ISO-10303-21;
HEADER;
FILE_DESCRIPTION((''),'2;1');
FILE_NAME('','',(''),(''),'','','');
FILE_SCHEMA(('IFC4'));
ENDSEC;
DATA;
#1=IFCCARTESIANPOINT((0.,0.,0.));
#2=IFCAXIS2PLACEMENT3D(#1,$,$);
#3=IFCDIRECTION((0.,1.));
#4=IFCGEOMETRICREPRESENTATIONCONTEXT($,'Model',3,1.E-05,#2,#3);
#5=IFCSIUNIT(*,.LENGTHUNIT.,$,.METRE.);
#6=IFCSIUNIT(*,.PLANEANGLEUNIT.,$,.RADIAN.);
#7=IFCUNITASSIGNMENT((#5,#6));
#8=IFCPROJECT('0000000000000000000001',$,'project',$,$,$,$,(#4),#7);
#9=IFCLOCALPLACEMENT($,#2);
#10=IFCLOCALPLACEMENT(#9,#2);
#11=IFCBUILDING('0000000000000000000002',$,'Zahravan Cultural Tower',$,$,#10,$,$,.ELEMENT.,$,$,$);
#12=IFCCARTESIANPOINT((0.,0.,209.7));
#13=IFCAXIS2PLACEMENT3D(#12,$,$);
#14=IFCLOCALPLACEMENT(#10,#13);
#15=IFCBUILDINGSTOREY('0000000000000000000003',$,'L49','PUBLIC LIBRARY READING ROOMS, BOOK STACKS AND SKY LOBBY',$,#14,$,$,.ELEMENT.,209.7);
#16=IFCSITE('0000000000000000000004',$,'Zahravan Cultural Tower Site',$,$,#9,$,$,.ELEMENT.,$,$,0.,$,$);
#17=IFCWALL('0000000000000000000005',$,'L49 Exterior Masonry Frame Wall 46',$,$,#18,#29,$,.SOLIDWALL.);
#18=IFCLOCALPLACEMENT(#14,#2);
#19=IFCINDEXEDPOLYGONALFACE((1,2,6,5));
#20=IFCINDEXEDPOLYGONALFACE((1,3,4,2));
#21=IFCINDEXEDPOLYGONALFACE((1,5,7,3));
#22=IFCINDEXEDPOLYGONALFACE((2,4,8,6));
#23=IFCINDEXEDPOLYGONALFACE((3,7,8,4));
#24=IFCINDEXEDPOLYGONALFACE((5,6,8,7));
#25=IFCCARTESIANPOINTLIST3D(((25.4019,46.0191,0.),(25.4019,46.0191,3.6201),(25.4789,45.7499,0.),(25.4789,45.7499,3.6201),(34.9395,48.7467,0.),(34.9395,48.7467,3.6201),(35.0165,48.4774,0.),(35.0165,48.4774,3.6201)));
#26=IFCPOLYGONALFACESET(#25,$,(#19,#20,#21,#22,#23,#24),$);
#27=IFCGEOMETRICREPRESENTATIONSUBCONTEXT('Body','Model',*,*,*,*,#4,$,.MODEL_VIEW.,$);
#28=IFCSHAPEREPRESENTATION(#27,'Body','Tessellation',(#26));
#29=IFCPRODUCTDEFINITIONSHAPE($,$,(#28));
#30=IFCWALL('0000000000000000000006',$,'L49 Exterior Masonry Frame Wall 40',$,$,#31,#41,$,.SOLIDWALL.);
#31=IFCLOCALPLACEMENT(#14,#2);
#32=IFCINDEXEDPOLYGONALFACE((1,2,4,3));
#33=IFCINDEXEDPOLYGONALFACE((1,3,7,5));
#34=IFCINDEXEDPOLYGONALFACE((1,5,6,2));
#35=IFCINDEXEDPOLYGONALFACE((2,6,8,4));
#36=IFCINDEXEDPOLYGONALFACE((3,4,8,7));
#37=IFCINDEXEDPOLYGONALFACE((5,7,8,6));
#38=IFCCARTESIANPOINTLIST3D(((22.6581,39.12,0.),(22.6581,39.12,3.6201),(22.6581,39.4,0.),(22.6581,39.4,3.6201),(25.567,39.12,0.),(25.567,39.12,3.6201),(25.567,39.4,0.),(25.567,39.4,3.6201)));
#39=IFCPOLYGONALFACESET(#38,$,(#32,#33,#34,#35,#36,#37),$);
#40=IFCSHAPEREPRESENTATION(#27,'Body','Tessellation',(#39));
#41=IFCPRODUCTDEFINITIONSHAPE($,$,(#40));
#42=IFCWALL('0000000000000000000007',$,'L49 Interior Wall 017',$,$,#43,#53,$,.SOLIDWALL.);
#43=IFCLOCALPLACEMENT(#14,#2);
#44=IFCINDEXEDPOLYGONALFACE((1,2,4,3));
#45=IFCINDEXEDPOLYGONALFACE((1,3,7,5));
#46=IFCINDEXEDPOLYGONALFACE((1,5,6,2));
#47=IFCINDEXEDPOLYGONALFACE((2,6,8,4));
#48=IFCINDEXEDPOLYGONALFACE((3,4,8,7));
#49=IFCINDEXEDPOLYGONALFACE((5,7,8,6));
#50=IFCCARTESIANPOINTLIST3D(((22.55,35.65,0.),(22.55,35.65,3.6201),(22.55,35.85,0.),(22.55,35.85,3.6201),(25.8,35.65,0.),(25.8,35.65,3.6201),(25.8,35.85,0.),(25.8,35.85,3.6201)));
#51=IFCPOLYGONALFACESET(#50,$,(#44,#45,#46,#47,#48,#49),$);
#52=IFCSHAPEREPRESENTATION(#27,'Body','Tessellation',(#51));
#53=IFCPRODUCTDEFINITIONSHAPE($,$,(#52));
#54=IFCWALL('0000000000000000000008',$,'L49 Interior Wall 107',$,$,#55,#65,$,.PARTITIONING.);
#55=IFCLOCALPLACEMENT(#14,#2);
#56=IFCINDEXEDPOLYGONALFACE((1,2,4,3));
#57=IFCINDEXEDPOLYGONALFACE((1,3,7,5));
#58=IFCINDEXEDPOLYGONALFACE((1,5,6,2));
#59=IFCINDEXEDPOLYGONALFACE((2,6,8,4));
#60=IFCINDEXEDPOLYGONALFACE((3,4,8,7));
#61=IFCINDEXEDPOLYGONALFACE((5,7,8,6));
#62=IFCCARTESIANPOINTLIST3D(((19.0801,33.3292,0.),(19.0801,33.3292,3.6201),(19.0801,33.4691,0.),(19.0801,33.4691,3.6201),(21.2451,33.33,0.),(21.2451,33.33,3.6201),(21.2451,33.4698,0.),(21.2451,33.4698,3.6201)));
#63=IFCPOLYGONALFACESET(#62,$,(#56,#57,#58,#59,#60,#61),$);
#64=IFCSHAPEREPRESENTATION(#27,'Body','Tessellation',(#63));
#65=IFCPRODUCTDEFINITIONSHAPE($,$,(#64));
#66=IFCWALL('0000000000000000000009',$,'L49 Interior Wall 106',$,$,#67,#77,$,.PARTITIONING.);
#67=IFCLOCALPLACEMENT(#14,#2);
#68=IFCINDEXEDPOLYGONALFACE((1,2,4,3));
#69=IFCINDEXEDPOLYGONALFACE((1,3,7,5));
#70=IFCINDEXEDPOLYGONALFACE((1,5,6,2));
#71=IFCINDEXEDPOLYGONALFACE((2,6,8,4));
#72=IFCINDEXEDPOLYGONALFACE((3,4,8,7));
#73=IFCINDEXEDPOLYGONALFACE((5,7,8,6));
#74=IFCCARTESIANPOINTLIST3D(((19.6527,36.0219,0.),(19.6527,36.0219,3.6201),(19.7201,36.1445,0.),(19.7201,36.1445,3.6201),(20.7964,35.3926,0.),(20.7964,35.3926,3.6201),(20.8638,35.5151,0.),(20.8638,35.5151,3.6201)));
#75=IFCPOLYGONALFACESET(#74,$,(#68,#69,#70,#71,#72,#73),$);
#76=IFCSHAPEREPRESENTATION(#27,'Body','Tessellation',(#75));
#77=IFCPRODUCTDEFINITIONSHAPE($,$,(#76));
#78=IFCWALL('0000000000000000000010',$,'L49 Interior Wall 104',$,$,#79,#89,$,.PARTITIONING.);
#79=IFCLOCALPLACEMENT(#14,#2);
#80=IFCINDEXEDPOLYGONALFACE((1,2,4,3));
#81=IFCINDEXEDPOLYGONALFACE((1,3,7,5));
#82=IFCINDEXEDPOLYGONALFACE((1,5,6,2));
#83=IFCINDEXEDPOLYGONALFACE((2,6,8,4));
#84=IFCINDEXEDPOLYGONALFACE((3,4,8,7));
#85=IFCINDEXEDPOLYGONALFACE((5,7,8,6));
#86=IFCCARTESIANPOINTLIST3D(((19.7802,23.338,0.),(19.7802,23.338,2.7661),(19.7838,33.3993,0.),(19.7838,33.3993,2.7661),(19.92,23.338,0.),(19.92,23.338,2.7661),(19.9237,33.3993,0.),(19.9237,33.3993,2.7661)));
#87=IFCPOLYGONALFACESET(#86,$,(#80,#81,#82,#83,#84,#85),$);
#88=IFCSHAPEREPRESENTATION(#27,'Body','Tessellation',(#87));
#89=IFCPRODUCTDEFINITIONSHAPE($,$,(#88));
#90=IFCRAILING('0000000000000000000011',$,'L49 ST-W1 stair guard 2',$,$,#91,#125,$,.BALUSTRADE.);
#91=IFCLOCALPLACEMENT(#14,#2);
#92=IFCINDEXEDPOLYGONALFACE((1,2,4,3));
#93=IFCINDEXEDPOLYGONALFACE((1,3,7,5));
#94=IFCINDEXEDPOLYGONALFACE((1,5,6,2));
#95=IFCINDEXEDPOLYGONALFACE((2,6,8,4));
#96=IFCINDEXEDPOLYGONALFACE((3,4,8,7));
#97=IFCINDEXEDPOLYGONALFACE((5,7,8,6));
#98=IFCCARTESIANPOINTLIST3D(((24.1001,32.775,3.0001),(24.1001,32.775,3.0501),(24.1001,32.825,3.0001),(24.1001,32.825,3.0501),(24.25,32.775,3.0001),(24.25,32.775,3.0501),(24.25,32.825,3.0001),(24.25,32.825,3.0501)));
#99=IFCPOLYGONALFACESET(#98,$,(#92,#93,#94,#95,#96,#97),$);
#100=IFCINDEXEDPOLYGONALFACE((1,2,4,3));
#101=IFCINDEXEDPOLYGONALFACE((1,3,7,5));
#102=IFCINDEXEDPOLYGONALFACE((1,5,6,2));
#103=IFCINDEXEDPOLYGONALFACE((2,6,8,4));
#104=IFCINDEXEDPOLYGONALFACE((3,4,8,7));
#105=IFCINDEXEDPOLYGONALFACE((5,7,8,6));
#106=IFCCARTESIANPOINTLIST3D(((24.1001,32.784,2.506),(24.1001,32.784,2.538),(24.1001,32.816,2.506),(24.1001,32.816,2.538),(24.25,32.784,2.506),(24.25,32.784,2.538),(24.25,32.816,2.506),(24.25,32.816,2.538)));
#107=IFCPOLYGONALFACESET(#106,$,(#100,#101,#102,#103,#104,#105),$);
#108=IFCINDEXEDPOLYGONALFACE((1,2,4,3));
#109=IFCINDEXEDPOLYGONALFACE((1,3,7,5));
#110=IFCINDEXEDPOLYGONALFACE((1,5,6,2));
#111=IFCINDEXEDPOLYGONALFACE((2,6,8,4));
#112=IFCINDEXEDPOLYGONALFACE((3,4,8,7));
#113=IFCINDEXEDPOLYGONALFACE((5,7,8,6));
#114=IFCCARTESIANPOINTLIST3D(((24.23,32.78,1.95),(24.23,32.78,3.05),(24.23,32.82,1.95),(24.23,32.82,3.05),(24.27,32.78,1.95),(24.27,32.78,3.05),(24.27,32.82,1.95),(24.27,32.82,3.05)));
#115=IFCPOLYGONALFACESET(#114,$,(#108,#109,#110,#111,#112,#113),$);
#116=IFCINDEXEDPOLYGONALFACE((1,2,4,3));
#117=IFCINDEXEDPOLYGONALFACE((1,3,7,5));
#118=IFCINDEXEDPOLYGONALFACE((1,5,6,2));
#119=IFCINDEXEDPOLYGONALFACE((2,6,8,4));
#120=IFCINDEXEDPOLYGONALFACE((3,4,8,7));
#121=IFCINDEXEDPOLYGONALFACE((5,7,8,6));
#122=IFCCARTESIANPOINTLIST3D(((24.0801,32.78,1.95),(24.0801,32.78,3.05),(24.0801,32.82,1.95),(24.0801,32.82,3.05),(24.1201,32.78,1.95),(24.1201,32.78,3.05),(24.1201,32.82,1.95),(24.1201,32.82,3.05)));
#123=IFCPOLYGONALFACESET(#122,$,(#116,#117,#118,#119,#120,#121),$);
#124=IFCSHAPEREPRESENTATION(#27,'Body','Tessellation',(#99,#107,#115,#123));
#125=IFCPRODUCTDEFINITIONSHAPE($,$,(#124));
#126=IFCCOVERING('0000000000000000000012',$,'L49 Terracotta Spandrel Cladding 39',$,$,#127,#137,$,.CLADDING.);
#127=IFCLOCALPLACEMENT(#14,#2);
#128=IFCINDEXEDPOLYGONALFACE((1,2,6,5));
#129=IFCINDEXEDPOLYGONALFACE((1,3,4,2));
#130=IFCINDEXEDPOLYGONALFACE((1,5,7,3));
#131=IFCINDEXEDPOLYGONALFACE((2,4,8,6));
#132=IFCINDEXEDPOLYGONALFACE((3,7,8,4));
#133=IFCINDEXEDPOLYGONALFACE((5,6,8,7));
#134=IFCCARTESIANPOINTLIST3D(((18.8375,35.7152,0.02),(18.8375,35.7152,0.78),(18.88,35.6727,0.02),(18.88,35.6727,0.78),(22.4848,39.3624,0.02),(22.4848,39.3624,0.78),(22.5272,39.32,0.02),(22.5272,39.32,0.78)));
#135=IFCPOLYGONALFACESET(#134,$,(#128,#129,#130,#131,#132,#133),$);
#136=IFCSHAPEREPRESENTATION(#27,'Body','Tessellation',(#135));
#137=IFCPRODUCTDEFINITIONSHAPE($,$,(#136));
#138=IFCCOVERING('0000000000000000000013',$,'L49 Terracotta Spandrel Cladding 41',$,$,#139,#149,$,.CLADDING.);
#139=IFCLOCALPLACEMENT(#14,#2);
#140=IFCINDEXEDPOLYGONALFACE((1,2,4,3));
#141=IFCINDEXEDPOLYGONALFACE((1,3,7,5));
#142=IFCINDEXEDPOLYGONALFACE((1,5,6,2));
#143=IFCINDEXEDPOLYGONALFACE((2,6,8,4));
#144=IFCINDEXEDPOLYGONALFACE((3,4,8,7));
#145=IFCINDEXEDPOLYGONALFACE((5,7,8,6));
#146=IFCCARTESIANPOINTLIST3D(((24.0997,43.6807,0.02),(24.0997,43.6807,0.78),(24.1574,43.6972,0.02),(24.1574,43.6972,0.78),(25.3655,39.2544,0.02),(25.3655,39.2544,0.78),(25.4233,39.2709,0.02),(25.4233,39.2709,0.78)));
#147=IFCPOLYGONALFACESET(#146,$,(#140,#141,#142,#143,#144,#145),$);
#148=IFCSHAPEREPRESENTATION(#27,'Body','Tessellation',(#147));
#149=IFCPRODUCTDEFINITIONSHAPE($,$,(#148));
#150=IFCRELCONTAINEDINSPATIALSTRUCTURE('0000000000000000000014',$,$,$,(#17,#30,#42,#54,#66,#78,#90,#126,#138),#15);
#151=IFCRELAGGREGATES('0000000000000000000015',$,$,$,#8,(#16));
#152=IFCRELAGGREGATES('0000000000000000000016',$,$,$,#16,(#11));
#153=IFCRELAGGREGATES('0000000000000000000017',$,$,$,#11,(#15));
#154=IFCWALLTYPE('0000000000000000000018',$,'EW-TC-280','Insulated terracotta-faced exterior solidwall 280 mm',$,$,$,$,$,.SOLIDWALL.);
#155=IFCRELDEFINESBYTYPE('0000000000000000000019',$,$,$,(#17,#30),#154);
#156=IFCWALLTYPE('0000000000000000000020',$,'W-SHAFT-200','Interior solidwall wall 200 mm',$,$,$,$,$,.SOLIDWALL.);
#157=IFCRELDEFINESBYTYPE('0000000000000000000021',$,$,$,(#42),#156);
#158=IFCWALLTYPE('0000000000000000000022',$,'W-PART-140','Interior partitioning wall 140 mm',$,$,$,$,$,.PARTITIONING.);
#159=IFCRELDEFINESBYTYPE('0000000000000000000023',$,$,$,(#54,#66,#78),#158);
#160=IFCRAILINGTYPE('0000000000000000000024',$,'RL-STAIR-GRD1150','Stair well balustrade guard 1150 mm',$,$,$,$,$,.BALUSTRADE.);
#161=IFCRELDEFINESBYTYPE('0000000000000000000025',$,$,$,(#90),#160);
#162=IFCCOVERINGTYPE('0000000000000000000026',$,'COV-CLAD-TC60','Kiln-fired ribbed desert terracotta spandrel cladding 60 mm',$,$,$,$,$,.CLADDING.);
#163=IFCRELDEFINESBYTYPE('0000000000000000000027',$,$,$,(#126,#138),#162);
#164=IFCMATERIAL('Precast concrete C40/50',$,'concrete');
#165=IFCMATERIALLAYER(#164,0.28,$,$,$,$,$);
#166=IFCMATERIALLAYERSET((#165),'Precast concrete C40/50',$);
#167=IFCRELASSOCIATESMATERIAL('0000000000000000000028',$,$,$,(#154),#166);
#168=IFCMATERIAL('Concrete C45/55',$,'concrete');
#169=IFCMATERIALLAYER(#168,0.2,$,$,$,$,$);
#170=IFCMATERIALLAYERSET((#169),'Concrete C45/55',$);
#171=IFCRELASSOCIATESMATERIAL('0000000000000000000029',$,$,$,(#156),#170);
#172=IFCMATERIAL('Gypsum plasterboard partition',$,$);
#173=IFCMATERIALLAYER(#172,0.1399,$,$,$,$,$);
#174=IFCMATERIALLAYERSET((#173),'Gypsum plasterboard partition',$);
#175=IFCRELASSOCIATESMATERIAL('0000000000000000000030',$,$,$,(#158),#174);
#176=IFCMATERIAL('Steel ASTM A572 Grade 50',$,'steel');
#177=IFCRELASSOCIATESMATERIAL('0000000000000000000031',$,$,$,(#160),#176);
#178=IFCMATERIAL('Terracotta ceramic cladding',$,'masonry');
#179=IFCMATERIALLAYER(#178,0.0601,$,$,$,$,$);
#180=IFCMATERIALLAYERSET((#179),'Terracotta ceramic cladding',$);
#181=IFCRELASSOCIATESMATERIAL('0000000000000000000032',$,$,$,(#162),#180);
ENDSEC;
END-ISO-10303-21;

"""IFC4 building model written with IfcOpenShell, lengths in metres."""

from ifc_helpers import new_model, si_unit, direction, frame, frame_2d, origin, origin_2d, place, context, subcontext, project, spatial, rectangle, extrude, source, transform, mapped, material, layer, layer_set, type_object, element, save


model = new_model("IFC4")

# Units and contexts
model_context = context("Model", 3, precision=1e-05, world=origin(), true_north=direction((0.0, 1.0)))
body_context = subcontext(model_context, "Body", "Model", "MODEL_VIEW")
ifc_project = project(units=[si_unit("LENGTHUNIT", "METRE"), si_unit("PLANEANGLEUNIT", "RADIAN")], contexts=[model_context])

# Site, building, storey
site_placement = place(None, origin())
site = spatial("IfcSite", under=ifc_project, at=site_placement, Name="Zahravan Cultural Tower Site", CompositionType="ELEMENT", RefElevation=0.0)
building_placement = place(site_placement, origin())
building = spatial("IfcBuilding", under=site, at=building_placement, Name="Zahravan Cultural Tower", CompositionType="ELEMENT")
storey_placement = place(building_placement, frame((0.0, 0.0, 209.7)))
storey = spatial("IfcBuildingStorey", under=building, at=storey_placement, Name="L49", Description="PUBLIC LIBRARY READING ROOMS, BOOK STACKS AND SKY LOBBY", CompositionType="ELEMENT", Elevation=209.7)

# Shared definitions
ifc_material_1 = material(Name="Precast concrete C40/50", Category="concrete")
ifc_layer_1 = layer(ifc_material_1, 0.28)
ifc_layer_set_1 = layer_set([ifc_layer_1], Name="Precast concrete C40/50")
wall_type_1 = type_object("IfcWallType", Name="EW-TC-280", Description="Insulated terracotta-faced exterior solidwall 280 mm", PredefinedType="SOLIDWALL", material=ifc_layer_set_1)

# Shared definitions
ifc_material_2 = material(Name="Concrete C45/55", Category="concrete")
ifc_layer_2 = layer(ifc_material_2, 0.2)
ifc_layer_set_2 = layer_set([ifc_layer_2], Name="Concrete C45/55")
wall_type_2 = type_object("IfcWallType", Name="W-SHAFT-200", Description="Interior solidwall wall 200 mm", PredefinedType="SOLIDWALL", material=ifc_layer_set_2)
ifc_material_3 = material(Name="Steel ASTM A572 Grade 50", Category="steel")

# Walls
shared_shape_1 = source(origin(), body_context, "Body", "SweptSolid", [
    extrude(rectangle(XDim=9.9199, YDim=0.28, at=frame_2d((4.96, 0.0))), origin(), (0.0, 0.0, 1.0), 3.6201),
])
wall_1_placement = place(storey_placement, frame((25.4404, 45.8845, 0.0), z_axis=(0.0, 0.0, 1.0), x_axis=(0.961457, 0.274955, 0.0)))
element("IfcWall", 1, at=wall_1_placement, inside=storey, type_object=wall_type_1, Name="L49 Exterior Masonry Frame Wall 46", PredefinedType="SOLIDWALL", context=body_context, shape_type="MappedRepresentation", body=[
    mapped(shared_shape_1, transform((0.0, 0.0, 0.0), x_axis=(1.0, 0.0, 0.0), y_axis=(0.0, 1.0, 0.0), z_axis=(0.0, 0.0, 1.0), scale=1.0)),
])
shared_shape_2 = source(origin(), body_context, "Body", "SweptSolid", [
    extrude(rectangle(XDim=2.9089, YDim=0.28, at=frame_2d((1.4546, 0.0))), origin(), (0.0, 0.0, 1.0), 3.6201),
])
wall_2_placement = place(storey_placement, frame((22.658, 39.26, 0.0), z_axis=(0.0, 0.0, 1.0), x_axis=(1.0, 0.0, 0.0)))
element("IfcWall", 2, at=wall_2_placement, inside=storey, type_object=wall_type_1, Name="L49 Exterior Masonry Frame Wall 40", PredefinedType="SOLIDWALL", context=body_context, shape_type="MappedRepresentation", body=[
    mapped(shared_shape_2, transform((0.0, 0.0, 0.0), x_axis=(1.0, 0.0, 0.0), y_axis=(0.0, 1.0, 0.0), z_axis=(0.0, 0.0, 1.0), scale=1.0)),
])
shared_shape_3 = source(origin(), body_context, "Body", "SweptSolid", [
    extrude(rectangle(XDim=3.25, YDim=0.2, at=frame_2d((1.625, 0.0))), origin(), (0.0, 0.0, 1.0), 3.6201),
])
wall_3_placement = place(storey_placement, frame((22.55, 35.75, 0.0), z_axis=(0.0, 0.0, 1.0), x_axis=(1.0, 0.0, 0.0)))
element("IfcWall", 3, at=wall_3_placement, inside=storey, type_object=wall_type_2, Name="L49 Interior Wall 017", PredefinedType="SOLIDWALL", context=body_context, shape_type="MappedRepresentation", body=[
    mapped(shared_shape_3, transform((0.0, 0.0, 0.0), x_axis=(1.0, 0.0, 0.0), y_axis=(0.0, 1.0, 0.0), z_axis=(0.0, 0.0, 1.0), scale=1.0)),
])
ifc_material_4 = material(Name="Gypsum plasterboard partition")
ifc_layer_3 = layer(ifc_material_4, 0.1399)
ifc_layer_set_3 = layer_set([ifc_layer_3], Name="Gypsum plasterboard partition")
wall_type_3 = type_object("IfcWallType", Name="W-PART-140", Description="Interior partitioning wall 140 mm", PredefinedType="PARTITIONING", material=ifc_layer_set_3)
shared_shape_4 = source(origin(), body_context, "Body", "SweptSolid", [
    extrude(rectangle(XDim=2.165, YDim=0.1399, at=frame_2d((1.0825, 0.0))), origin(), (0.0, 0.0, 1.0), 3.6201),
])
wall_4_placement = place(storey_placement, frame((21.2451, 33.3999, 0.0), z_axis=(0.0, 0.0, 1.0), x_axis=(-1.0, -0.000338, 0.0)))
element("IfcWall", 4, at=wall_4_placement, inside=storey, type_object=wall_type_3, Name="L49 Interior Wall 107", PredefinedType="PARTITIONING", context=body_context, shape_type="MappedRepresentation", body=[
    mapped(shared_shape_4, transform((0.0, 0.0, 0.0), x_axis=(1.0, 0.0, 0.0), y_axis=(0.0, 1.0, 0.0), z_axis=(0.0, 0.0, 1.0), scale=1.0)),
])
shared_shape_5 = source(origin(), body_context, "Body", "SweptSolid", [
    extrude(rectangle(XDim=1.3054, YDim=0.1399, at=frame_2d((0.6528, 0.0))), origin(), (0.0, 0.0, 1.0), 3.6201),
])
wall_5_placement = place(storey_placement, frame((19.6863, 36.0833, 0.0), z_axis=(0.0, 0.0, 1.0), x_axis=(0.876117, -0.482098, 0.0)))
element("IfcWall", 5, at=wall_5_placement, inside=storey, type_object=wall_type_3, Name="L49 Interior Wall 106", PredefinedType="PARTITIONING", context=body_context, shape_type="MappedRepresentation", body=[
    mapped(shared_shape_5, transform((0.0, 0.0, 0.0), x_axis=(1.0, 0.0, 0.0), y_axis=(0.0, 1.0, 0.0), z_axis=(0.0, 0.0, 1.0), scale=1.0)),
])
shared_shape_6 = source(origin(), body_context, "Body", "SweptSolid", [
    extrude(rectangle(XDim=10.0613, YDim=0.1399, at=frame_2d((5.0308, 0.0))), origin(), (0.0, 0.0, 1.0), 2.7661),
])
wall_6_placement = place(storey_placement, frame((19.8538, 33.3994, 0.0), z_axis=(0.0, 0.0, 1.0), x_axis=(-0.000364, -1.0, 0.0)))
element("IfcWall", 6, at=wall_6_placement, inside=storey, type_object=wall_type_3, Name="L49 Interior Wall 104", PredefinedType="PARTITIONING", context=body_context, shape_type="MappedRepresentation", body=[
    mapped(shared_shape_6, transform((0.0, 0.0, 0.0), x_axis=(1.0, 0.0, 0.0), y_axis=(0.0, 1.0, 0.0), z_axis=(0.0, 0.0, 1.0), scale=1.0)),
])

# Railing
railing_type = type_object("IfcRailingType", Name="RL-STAIR-GRD1150", Description="Stair well balustrade guard 1150 mm", PredefinedType="BALUSTRADE", material=ifc_material_3)
railing_placement = place(storey_placement, frame((24.25, 32.8, 1.95)))
element("IfcRailing", 7, at=railing_placement, inside=storey, type_object=railing_type, Name="L49 ST-W1 stair guard 2", PredefinedType="BALUSTRADE", context=body_context, shape_type="SweptSolid", body=[
    extrude(rectangle(XDim=0.05, YDim=0.05, at=origin_2d()), frame((0.0, 0.0, 1.0752), z_axis=(-1.0, 0.0, 0.0), x_axis=(0.0, -1.0, 0.0)), (0.0, 0.0, 1.0), 0.1499),
    extrude(rectangle(XDim=0.032, YDim=0.032, at=origin_2d()), frame((0.0, 0.0, 0.572), z_axis=(-1.0, 0.0, 0.0), x_axis=(0.0, -1.0, 0.0)), (0.0, 0.0, 1.0), 0.1499),
    extrude(rectangle(XDim=0.04, YDim=0.04, at=origin_2d()), origin(), (0.0, 0.0, 1.0), 1.1001),
    extrude(rectangle(XDim=0.04, YDim=0.04, at=origin_2d()), frame((-0.1499, 0.0, 0.0)), (0.0, 0.0, 1.0), 1.1001),
])

# Coverings
ifc_material_5 = material(Name="Terracotta ceramic cladding", Category="masonry")
ifc_layer_4 = layer(ifc_material_5, 0.0601)
ifc_layer_set_4 = layer_set([ifc_layer_4], Name="Terracotta ceramic cladding")
covering_type = type_object("IfcCoveringType", Name="COV-CLAD-TC60", Description="Kiln-fired ribbed desert terracotta spandrel cladding 60 mm", PredefinedType="CLADDING", material=ifc_layer_set_4)
shared_shape_7 = source(origin(), body_context, "Body", "SweptSolid", [
    extrude(rectangle(XDim=5.158, YDim=0.0601, at=origin_2d()), origin(), (0.0, 0.0, 1.0), 0.76),
])
covering_1_placement = place(storey_placement, frame((20.6824, 37.5176, 0.02), z_axis=(0.0, 0.0, 1.0), x_axis=(0.707107, 0.707107, 0.0)))
element("IfcCovering", 8, at=covering_1_placement, inside=storey, type_object=covering_type, Name="L49 Terracotta Spandrel Cladding 39", PredefinedType="CLADDING", context=body_context, shape_type="MappedRepresentation", body=[
    mapped(shared_shape_7, transform((0.0, 0.0, 0.0), x_axis=(1.0, 0.0, 0.0), y_axis=(0.0, 1.0, 0.0), z_axis=(0.0, 0.0, 1.0), scale=1.0)),
])
shared_shape_8 = source(origin(), body_context, "Body", "SweptSolid", [
    extrude(rectangle(XDim=4.6038, YDim=0.0601, at=origin_2d()), origin(), (0.0, 0.0, 1.0), 0.76),
])
covering_2_placement = place(storey_placement, frame((24.7615, 41.4758, 0.02), z_axis=(0.0, 0.0, 1.0), x_axis=(-0.274966, 0.961454, 0.0)))
element("IfcCovering", 9, at=covering_2_placement, inside=storey, type_object=covering_type, Name="L49 Terracotta Spandrel Cladding 41", PredefinedType="CLADDING", context=body_context, shape_type="MappedRepresentation", body=[
    mapped(shared_shape_8, transform((0.0, 0.0, 0.0), x_axis=(1.0, 0.0, 0.0), y_axis=(0.0, 1.0, 0.0), z_axis=(0.0, 0.0, 1.0), scale=1.0)),
])

save(model, "model.ifc")
